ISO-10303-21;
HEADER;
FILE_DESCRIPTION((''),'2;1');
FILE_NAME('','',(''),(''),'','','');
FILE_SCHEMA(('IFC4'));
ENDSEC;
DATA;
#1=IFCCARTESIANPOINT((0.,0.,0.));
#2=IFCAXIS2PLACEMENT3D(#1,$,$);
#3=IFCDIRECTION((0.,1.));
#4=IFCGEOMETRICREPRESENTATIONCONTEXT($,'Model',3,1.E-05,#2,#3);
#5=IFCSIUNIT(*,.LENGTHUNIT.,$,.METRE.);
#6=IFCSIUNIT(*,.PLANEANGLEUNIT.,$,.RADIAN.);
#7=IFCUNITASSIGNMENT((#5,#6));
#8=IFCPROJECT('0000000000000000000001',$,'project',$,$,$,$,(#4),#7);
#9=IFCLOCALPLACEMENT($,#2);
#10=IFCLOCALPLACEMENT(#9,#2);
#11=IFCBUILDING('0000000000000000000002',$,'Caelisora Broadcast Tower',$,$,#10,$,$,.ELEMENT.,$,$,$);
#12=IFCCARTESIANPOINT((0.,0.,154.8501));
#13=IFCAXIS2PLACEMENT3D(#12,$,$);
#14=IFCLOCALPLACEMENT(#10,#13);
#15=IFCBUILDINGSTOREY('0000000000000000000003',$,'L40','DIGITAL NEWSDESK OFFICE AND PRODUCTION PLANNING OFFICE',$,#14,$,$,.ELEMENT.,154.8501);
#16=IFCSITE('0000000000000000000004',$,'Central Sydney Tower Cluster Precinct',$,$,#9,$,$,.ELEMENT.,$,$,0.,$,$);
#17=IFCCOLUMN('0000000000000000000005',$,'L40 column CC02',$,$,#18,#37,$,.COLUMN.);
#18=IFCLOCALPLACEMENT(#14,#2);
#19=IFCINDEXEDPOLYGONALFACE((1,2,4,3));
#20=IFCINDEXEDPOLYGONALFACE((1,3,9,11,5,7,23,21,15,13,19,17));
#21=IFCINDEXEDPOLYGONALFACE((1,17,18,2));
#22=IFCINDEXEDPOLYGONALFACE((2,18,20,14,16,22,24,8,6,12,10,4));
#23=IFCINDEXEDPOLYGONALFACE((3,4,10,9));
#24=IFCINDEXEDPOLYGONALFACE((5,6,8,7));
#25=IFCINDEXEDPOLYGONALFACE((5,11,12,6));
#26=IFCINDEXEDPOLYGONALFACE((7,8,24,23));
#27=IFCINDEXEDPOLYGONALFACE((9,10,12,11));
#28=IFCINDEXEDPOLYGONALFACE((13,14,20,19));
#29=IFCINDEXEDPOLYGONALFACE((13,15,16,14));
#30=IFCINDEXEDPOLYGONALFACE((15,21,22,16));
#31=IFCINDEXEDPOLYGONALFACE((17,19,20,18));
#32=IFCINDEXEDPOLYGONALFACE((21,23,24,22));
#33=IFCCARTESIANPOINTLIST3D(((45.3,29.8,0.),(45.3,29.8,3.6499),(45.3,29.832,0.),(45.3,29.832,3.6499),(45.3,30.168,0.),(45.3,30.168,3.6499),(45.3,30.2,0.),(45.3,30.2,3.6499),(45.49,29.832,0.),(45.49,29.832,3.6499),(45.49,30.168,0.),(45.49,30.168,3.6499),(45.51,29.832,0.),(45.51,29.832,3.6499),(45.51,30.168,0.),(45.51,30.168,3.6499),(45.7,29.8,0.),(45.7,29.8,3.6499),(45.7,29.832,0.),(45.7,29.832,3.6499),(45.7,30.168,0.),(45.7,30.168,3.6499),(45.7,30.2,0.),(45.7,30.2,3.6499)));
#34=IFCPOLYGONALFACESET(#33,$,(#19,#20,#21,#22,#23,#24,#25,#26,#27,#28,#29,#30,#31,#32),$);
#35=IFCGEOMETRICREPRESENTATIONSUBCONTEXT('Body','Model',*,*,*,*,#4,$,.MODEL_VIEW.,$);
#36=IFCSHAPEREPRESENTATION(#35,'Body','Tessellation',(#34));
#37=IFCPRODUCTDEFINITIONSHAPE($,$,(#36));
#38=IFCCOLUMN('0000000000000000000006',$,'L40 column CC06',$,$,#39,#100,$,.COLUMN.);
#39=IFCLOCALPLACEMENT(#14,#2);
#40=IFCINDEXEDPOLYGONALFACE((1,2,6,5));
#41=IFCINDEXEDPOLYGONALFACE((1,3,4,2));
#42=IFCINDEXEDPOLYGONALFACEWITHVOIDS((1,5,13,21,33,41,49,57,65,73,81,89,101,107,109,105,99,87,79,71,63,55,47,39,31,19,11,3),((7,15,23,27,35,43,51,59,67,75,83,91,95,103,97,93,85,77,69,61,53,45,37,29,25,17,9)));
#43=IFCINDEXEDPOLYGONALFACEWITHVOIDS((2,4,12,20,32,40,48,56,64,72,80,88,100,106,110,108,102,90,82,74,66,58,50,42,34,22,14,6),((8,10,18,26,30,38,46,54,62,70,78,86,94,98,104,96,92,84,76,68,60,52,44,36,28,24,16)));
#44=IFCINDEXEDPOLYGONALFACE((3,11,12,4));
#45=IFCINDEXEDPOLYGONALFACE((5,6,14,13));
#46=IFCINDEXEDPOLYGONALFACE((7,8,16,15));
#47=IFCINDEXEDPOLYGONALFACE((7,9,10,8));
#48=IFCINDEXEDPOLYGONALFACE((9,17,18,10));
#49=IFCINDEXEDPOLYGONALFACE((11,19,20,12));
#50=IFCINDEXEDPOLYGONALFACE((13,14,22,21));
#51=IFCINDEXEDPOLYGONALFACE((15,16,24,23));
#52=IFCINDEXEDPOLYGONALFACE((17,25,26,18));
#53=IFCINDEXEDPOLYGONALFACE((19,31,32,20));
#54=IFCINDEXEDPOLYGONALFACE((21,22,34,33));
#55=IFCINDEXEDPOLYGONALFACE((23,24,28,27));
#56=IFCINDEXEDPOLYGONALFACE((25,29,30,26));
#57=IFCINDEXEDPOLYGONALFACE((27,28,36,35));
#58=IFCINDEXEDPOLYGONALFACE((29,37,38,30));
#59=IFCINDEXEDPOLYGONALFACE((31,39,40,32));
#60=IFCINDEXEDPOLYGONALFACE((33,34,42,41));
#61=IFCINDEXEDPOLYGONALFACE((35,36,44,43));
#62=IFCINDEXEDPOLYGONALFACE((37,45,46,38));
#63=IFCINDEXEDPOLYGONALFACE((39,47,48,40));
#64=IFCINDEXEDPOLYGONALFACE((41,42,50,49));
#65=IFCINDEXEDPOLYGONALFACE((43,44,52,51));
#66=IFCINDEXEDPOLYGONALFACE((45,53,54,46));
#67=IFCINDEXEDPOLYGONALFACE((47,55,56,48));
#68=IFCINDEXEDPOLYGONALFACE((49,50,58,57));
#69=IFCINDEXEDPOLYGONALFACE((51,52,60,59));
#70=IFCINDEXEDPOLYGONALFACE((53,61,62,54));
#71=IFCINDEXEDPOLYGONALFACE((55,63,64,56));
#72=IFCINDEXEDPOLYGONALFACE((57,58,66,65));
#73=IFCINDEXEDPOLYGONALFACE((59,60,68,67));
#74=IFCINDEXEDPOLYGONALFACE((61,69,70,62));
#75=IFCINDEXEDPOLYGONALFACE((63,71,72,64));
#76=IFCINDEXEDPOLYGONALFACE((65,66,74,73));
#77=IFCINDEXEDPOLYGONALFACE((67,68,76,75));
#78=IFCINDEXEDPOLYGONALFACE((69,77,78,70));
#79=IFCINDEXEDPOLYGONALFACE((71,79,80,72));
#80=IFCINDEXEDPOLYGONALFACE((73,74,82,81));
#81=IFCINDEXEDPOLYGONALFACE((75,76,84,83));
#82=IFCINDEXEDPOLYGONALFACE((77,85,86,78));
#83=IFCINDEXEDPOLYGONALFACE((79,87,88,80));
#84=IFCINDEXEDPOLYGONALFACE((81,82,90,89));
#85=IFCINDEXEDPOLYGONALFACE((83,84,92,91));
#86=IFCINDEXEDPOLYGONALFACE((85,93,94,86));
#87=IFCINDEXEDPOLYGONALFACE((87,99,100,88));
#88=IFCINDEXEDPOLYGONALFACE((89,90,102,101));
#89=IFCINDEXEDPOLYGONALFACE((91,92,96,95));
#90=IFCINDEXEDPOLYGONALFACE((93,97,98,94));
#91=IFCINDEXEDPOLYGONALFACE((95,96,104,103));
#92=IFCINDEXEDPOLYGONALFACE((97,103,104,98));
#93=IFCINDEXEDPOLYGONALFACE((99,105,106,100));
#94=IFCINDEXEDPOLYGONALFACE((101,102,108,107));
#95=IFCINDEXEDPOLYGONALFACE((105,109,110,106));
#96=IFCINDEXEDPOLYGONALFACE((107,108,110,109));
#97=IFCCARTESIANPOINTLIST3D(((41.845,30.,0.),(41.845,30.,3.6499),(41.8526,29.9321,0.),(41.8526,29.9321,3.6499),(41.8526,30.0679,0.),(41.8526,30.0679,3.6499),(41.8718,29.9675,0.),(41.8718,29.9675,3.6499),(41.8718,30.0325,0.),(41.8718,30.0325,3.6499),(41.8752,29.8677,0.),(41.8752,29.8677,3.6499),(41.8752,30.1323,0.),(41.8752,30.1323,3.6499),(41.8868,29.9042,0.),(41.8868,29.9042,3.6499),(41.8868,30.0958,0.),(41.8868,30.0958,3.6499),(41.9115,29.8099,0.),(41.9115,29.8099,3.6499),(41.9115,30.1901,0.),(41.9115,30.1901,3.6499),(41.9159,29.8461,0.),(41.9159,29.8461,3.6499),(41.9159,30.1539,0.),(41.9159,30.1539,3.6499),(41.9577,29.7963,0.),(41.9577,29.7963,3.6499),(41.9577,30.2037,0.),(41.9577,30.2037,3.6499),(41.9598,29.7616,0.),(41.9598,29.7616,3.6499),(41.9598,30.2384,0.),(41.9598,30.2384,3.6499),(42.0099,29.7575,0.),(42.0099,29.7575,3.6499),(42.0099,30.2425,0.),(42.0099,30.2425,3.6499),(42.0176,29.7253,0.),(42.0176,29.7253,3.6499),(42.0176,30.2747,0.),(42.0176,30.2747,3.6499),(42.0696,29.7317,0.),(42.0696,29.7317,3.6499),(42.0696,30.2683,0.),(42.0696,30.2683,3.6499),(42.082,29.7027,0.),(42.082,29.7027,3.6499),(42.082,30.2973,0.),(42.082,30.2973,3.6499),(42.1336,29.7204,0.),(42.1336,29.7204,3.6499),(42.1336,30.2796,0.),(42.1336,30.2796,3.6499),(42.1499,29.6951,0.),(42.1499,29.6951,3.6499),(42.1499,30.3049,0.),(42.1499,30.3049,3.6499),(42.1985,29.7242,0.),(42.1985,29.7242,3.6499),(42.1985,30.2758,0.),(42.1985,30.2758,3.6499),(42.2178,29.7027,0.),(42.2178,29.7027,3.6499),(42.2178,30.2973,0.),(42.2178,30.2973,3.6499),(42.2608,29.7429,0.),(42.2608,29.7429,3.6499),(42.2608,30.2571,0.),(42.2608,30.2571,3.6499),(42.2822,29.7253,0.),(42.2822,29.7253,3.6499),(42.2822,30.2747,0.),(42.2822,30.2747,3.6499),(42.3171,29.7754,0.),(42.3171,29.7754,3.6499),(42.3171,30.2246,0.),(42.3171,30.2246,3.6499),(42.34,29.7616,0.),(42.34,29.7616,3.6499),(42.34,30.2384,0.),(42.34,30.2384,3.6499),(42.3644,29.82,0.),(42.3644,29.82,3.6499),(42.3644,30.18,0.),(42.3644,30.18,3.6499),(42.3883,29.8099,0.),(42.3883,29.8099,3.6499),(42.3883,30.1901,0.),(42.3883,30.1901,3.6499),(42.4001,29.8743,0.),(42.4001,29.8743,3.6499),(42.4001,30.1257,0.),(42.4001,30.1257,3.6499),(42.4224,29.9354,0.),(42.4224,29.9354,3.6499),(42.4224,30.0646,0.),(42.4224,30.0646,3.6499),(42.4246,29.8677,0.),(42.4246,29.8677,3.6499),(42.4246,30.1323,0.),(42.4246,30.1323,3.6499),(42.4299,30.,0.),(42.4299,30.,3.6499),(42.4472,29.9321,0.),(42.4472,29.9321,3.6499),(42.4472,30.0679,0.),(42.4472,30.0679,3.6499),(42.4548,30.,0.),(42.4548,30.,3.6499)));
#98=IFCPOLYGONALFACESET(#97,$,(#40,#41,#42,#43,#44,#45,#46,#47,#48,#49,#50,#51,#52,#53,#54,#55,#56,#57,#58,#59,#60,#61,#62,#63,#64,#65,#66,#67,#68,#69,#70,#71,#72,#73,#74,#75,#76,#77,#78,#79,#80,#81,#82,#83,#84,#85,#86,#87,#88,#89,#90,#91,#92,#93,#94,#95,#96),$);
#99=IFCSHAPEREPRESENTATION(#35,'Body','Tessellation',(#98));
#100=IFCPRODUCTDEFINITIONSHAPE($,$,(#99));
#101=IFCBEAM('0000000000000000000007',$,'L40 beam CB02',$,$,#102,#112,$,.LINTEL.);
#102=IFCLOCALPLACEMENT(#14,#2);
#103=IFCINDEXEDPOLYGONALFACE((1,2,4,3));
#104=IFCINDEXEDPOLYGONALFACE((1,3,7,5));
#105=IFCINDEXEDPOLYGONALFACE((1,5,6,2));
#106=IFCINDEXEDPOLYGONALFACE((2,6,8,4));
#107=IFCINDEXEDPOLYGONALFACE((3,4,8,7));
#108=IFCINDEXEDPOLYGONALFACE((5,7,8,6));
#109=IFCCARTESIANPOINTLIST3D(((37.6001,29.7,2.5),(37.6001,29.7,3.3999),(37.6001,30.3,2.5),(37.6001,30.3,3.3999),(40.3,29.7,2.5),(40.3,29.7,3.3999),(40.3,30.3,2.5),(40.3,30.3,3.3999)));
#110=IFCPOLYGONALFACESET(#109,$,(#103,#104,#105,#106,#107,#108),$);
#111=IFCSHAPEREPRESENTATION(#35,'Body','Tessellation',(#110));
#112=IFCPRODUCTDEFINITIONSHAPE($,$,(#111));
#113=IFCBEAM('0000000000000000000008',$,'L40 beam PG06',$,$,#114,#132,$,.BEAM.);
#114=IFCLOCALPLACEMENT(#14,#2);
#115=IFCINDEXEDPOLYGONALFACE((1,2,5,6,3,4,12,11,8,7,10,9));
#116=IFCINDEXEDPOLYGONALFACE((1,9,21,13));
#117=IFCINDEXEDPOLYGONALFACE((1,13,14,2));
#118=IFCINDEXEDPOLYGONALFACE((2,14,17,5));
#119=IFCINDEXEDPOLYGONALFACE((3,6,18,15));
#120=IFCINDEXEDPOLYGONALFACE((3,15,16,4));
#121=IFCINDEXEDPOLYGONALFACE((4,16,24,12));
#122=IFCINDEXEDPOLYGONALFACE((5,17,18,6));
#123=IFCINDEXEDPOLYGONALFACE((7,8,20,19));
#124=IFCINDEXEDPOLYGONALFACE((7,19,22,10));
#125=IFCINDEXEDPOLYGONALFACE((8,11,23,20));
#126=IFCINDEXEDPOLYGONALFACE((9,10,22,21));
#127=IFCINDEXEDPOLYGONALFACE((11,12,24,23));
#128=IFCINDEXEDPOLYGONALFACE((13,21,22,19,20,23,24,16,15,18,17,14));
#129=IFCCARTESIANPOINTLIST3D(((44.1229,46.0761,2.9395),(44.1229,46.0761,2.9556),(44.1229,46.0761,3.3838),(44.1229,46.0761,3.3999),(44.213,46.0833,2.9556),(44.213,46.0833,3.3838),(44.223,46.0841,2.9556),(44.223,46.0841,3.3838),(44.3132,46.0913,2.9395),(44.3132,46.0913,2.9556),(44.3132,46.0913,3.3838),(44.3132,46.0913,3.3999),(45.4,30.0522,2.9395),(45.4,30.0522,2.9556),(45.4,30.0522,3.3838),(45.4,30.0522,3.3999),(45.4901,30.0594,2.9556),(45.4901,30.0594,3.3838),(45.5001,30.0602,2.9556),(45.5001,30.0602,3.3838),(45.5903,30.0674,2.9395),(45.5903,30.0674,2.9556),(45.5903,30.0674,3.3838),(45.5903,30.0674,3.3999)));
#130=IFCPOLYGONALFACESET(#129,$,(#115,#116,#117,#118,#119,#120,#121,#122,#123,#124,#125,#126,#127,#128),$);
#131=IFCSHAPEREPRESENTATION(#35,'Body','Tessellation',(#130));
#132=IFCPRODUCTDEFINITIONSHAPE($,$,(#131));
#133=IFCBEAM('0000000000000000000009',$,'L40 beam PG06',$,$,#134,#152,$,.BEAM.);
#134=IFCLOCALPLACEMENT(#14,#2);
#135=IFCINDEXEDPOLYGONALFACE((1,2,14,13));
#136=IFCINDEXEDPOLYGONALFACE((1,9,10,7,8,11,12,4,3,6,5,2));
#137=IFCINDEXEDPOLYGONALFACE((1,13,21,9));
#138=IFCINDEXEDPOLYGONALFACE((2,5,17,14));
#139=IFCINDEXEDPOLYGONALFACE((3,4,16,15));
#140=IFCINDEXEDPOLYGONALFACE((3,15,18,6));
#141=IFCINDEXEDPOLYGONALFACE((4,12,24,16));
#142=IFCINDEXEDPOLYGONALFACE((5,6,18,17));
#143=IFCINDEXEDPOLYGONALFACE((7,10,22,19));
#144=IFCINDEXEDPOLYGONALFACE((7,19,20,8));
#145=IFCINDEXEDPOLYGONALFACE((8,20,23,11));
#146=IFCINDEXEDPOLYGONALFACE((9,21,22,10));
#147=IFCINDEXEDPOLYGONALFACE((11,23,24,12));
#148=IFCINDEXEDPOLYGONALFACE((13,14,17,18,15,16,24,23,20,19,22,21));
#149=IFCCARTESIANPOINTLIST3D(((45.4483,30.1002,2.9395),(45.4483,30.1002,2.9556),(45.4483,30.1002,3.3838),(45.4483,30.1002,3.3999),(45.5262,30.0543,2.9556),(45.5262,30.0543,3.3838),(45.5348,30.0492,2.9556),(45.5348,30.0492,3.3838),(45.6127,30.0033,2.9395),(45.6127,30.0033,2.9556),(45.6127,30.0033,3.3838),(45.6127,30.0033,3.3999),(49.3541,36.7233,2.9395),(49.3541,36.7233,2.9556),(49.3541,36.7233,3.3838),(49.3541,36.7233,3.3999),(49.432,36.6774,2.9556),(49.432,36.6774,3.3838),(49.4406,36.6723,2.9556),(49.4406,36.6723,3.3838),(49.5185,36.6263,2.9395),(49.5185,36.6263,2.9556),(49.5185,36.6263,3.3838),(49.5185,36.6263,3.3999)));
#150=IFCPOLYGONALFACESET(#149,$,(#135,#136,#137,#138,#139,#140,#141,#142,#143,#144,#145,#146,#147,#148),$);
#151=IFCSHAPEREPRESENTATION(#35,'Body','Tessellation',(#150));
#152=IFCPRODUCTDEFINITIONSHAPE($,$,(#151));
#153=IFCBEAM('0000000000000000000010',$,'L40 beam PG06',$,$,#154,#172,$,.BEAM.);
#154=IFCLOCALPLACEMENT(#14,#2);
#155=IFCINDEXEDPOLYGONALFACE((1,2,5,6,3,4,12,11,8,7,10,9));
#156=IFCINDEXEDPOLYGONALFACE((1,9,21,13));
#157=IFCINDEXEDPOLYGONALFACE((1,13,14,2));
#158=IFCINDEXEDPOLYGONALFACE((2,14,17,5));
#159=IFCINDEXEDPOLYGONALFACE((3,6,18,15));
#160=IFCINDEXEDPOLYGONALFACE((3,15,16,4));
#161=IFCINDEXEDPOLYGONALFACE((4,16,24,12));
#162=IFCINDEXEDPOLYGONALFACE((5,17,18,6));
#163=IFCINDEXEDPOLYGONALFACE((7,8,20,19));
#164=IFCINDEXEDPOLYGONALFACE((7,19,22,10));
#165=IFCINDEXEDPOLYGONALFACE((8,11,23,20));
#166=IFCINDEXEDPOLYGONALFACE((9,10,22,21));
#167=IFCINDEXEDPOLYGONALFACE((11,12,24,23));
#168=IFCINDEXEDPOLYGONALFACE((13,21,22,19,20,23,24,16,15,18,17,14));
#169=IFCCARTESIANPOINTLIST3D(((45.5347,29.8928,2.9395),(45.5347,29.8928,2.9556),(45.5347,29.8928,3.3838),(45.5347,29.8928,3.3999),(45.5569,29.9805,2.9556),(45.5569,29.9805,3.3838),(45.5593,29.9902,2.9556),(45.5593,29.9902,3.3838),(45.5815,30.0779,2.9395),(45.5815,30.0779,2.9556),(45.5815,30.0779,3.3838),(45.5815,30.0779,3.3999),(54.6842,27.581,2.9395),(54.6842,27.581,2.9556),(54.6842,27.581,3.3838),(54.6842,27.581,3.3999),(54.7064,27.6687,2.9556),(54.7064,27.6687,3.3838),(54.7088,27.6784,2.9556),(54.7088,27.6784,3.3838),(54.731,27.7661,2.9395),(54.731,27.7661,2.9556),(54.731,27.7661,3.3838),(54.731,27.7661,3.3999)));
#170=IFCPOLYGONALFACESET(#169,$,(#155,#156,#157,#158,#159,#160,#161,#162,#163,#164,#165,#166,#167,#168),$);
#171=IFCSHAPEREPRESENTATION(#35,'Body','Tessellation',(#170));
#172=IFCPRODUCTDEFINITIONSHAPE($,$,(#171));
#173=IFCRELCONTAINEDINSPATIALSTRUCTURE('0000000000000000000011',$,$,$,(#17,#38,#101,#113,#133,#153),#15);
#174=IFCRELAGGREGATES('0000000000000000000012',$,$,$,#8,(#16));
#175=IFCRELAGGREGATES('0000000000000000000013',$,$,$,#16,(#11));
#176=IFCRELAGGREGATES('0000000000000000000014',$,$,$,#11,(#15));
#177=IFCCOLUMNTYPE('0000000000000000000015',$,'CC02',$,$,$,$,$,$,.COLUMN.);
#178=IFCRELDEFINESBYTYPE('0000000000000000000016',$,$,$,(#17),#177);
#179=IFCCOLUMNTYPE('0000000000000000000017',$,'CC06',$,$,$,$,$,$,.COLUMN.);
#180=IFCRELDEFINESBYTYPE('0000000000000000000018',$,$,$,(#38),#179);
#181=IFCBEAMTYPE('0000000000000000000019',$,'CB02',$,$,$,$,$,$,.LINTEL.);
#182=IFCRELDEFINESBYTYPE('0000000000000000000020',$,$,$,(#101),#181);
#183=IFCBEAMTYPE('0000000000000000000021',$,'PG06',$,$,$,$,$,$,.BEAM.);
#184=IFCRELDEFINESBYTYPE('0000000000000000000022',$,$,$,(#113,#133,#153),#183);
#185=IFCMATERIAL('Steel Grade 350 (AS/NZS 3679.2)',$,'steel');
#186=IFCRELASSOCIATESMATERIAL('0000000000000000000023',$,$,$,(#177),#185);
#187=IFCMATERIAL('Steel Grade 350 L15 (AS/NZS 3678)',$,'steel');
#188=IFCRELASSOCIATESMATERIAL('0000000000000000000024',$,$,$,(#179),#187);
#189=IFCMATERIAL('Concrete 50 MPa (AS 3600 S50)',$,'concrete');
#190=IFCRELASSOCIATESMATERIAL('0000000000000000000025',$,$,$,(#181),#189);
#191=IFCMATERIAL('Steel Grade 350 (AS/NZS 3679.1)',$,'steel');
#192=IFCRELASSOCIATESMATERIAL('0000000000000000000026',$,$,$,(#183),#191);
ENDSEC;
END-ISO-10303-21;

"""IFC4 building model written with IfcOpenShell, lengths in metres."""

from ifc_helpers import new_model, si_unit, direction, frame, origin, origin_2d, place, context, subcontext, project, spatial, rectangle, hollow_circle, i_section, extrude, source, transform, mapped, material, material_profile, profile_set, type_object, type_shapes, element, save


model = new_model("IFC4")

# Units and contexts
model_context = context("Model", 3, precision=1e-05, world=origin(), true_north=direction((0.0, 1.0)))
body_context = subcontext(model_context, "Body", "Model", "MODEL_VIEW")
ifc_project = project(units=[si_unit("LENGTHUNIT", "METRE"), si_unit("PLANEANGLEUNIT", "RADIAN")], contexts=[model_context])

# Site, building, storey
site_placement = place(None, origin())
site = spatial("IfcSite", under=ifc_project, at=site_placement, Name="Central Sydney Tower Cluster Precinct", CompositionType="ELEMENT", RefElevation=0.0)
building_placement = place(site_placement, origin())
building = spatial("IfcBuilding", under=site, at=building_placement, Name="Caelisora Broadcast Tower", CompositionType="ELEMENT")
storey_placement = place(building_placement, frame((0.0, 0.0, 154.8501)))
storey = spatial("IfcBuildingStorey", under=building, at=storey_placement, Name="L40", Description="DIGITAL NEWSDESK OFFICE AND PRODUCTION PLANNING OFFICE", CompositionType="ELEMENT", Elevation=154.8501)

# Columns
ifc_material_1 = material(Name="Steel Grade 350 (AS/NZS 3679.2)", Category="steel")
ifc_material_profile_1 = material_profile(ifc_material_1, i_section(OverallWidth=0.3999, OverallDepth=0.3999, WebThickness=0.02, FlangeThickness=0.032, at=origin_2d()), Name="Steel Grade 350 (AS/NZS 3679.2)")
ifc_profile_set_1 = profile_set([ifc_material_profile_1], Name="Steel Grade 350 (AS/NZS 3679.2)")
column_type_1 = type_object("IfcColumnType", Name="CC02", PredefinedType="COLUMN", material=ifc_profile_set_1)
shared_shape_1 = source(origin(), body_context, "Body", "SweptSolid", [
    extrude(i_section(OverallWidth=0.3999, OverallDepth=0.3999, WebThickness=0.02, FlangeThickness=0.032, at=origin_2d()), origin(), (0.0, 0.0, 1.0), 3.6499),
])
type_shapes(column_type_1, [shared_shape_1])
column_1_placement = place(storey_placement, frame((45.5, 30.0, 0.0), z_axis=(0.0, 0.0, 1.0), x_axis=(1.0, 0.0, 0.0)))
element("IfcColumn", 1, at=column_1_placement, inside=storey, type_object=column_type_1, Name="L40 column CC02", PredefinedType="COLUMN", context=body_context, shape_type="MappedRepresentation", body=[
    mapped(shared_shape_1, transform((0.0, 0.0, 0.0), scale=1.0)),
])
ifc_material_2 = material(Name="Steel Grade 350 L15 (AS/NZS 3678)", Category="steel")
ifc_material_profile_2 = material_profile(ifc_material_2, hollow_circle(Radius=0.3049, WallThickness=0.0249, at=origin_2d()), Name="Steel Grade 350 L15 (AS/NZS 3678)")
ifc_profile_set_2 = profile_set([ifc_material_profile_2], Name="Steel Grade 350 L15 (AS/NZS 3678)")
column_type_2 = type_object("IfcColumnType", Name="CC06", PredefinedType="COLUMN", material=ifc_profile_set_2)
shared_shape_2 = source(origin(), body_context, "Body", "SweptSolid", [
    extrude(hollow_circle(Radius=0.3049, WallThickness=0.0249, at=origin_2d()), origin(), (0.0, 0.0, 1.0), 3.6499),
])
type_shapes(column_type_2, [shared_shape_2])
column_2_placement = place(storey_placement, frame((42.1499, 30.0, 0.0), z_axis=(0.0, 0.0, 1.0), x_axis=(1.0, 0.0, 0.0)))
element("IfcColumn", 2, at=column_2_placement, inside=storey, type_object=column_type_2, Name="L40 column CC06", PredefinedType="COLUMN", context=body_context, shape_type="MappedRepresentation", body=[
    mapped(shared_shape_2, transform((0.0, 0.0, 0.0), scale=1.0)),
])

# Beams
ifc_material_3 = material(Name="Concrete 50 MPa (AS 3600 S50)", Category="concrete")
ifc_material_profile_3 = material_profile(ifc_material_3, rectangle(XDim=0.6001, YDim=0.8999, at=origin_2d()), Name="Concrete 50 MPa (AS 3600 S50)")
ifc_profile_set_3 = profile_set([ifc_material_profile_3], Name="Concrete 50 MPa (AS 3600 S50)")
beam_type_1 = type_object("IfcBeamType", Name="CB02", PredefinedType="LINTEL", material=ifc_profile_set_3)
shared_shape_3 = source(origin(), body_context, "Body", "SweptSolid", [
    extrude(rectangle(XDim=0.6001, YDim=0.8999, at=origin_2d()), origin(), (0.0, 0.0, 1.0), 2.7),
])
type_shapes(beam_type_1, [shared_shape_3])
beam_1_placement = place(storey_placement, frame((37.6001, 30.0, 2.95), z_axis=(1.0, 0.0, 0.0), x_axis=(0.0, 1.0, 0.0)))
element("IfcBeam", 3, at=beam_1_placement, inside=storey, type_object=beam_type_1, Name="L40 beam CB02", PredefinedType="LINTEL", context=body_context, shape_type="MappedRepresentation", body=[
    mapped(shared_shape_3, transform((0.0, 0.0, 0.0), scale=1.0)),
])
ifc_material_4 = material(Name="Steel Grade 350 (AS/NZS 3679.1)", Category="steel")
ifc_material_profile_4 = material_profile(ifc_material_4, i_section(OverallWidth=0.1909, OverallDepth=0.4604, WebThickness=0.01, FlangeThickness=0.0161, at=origin_2d()), Name="Steel Grade 350 (AS/NZS 3679.1)")
ifc_profile_set_4 = profile_set([ifc_material_profile_4], Name="Steel Grade 350 (AS/NZS 3679.1)")
beam_type_2 = type_object("IfcBeamType", Name="PG06", PredefinedType="BEAM", material=ifc_profile_set_4)
shared_shape_4 = source(origin(), body_context, "Body", "SweptSolid", [
    extrude(i_section(OverallWidth=0.1909, OverallDepth=0.4604, WebThickness=0.01, FlangeThickness=0.0161, at=origin_2d()), origin(), (0.0, 0.0, 1.0), 16.0747),
])
beam_2_placement = place(storey_placement, frame((45.4951, 30.0598, 3.1697), z_axis=(-0.079448, 0.996839, 0.0), x_axis=(-0.996839, -0.079448, 0.0)))
element("IfcBeam", 4, at=beam_2_placement, inside=storey, type_object=beam_type_2, Name="L40 beam PG06", PredefinedType="BEAM", context=body_context, shape_type="MappedRepresentation", body=[
    mapped(shared_shape_4, transform((0.0, 0.0, 0.0), scale=1.0)),
])
shared_shape_5 = source(origin(), body_context, "Body", "SweptSolid", [
    extrude(i_section(OverallWidth=0.1909, OverallDepth=0.4604, WebThickness=0.01, FlangeThickness=0.0161, at=origin_2d()), origin(), (0.0, 0.0, 1.0), 7.689),
])
beam_3_placement = place(storey_placement, frame((45.5305, 30.0518, 3.1697), z_axis=(0.507972, 0.861374, 0.0), x_axis=(-0.861374, 0.507972, 0.0)))
element("IfcBeam", 5, at=beam_3_placement, inside=storey, type_object=beam_type_2, Name="L40 beam PG06", PredefinedType="BEAM", context=body_context, shape_type="MappedRepresentation", body=[
    mapped(shared_shape_5, transform((0.0, 0.0, 0.0), scale=1.0)),
])
shared_shape_6 = source(origin(), body_context, "Body", "SweptSolid", [
    extrude(i_section(OverallWidth=0.1909, OverallDepth=0.4604, WebThickness=0.01, FlangeThickness=0.0161, at=origin_2d()), origin(), (0.0, 0.0, 1.0), 9.437),
])
type_shapes(beam_type_2, [shared_shape_4, shared_shape_5, shared_shape_6])
beam_4_placement = place(storey_placement, frame((45.5581, 29.9854, 3.1697), z_axis=(0.969531, -0.24497, 0.0), x_axis=(0.24497, 0.969531, 0.0)))
element("IfcBeam", 6, at=beam_4_placement, inside=storey, type_object=beam_type_2, Name="L40 beam PG06", PredefinedType="BEAM", context=body_context, shape_type="MappedRepresentation", body=[
    mapped(shared_shape_6, transform((0.0, 0.0, 0.0), scale=1.0)),
])

save(model, "model.ifc")
